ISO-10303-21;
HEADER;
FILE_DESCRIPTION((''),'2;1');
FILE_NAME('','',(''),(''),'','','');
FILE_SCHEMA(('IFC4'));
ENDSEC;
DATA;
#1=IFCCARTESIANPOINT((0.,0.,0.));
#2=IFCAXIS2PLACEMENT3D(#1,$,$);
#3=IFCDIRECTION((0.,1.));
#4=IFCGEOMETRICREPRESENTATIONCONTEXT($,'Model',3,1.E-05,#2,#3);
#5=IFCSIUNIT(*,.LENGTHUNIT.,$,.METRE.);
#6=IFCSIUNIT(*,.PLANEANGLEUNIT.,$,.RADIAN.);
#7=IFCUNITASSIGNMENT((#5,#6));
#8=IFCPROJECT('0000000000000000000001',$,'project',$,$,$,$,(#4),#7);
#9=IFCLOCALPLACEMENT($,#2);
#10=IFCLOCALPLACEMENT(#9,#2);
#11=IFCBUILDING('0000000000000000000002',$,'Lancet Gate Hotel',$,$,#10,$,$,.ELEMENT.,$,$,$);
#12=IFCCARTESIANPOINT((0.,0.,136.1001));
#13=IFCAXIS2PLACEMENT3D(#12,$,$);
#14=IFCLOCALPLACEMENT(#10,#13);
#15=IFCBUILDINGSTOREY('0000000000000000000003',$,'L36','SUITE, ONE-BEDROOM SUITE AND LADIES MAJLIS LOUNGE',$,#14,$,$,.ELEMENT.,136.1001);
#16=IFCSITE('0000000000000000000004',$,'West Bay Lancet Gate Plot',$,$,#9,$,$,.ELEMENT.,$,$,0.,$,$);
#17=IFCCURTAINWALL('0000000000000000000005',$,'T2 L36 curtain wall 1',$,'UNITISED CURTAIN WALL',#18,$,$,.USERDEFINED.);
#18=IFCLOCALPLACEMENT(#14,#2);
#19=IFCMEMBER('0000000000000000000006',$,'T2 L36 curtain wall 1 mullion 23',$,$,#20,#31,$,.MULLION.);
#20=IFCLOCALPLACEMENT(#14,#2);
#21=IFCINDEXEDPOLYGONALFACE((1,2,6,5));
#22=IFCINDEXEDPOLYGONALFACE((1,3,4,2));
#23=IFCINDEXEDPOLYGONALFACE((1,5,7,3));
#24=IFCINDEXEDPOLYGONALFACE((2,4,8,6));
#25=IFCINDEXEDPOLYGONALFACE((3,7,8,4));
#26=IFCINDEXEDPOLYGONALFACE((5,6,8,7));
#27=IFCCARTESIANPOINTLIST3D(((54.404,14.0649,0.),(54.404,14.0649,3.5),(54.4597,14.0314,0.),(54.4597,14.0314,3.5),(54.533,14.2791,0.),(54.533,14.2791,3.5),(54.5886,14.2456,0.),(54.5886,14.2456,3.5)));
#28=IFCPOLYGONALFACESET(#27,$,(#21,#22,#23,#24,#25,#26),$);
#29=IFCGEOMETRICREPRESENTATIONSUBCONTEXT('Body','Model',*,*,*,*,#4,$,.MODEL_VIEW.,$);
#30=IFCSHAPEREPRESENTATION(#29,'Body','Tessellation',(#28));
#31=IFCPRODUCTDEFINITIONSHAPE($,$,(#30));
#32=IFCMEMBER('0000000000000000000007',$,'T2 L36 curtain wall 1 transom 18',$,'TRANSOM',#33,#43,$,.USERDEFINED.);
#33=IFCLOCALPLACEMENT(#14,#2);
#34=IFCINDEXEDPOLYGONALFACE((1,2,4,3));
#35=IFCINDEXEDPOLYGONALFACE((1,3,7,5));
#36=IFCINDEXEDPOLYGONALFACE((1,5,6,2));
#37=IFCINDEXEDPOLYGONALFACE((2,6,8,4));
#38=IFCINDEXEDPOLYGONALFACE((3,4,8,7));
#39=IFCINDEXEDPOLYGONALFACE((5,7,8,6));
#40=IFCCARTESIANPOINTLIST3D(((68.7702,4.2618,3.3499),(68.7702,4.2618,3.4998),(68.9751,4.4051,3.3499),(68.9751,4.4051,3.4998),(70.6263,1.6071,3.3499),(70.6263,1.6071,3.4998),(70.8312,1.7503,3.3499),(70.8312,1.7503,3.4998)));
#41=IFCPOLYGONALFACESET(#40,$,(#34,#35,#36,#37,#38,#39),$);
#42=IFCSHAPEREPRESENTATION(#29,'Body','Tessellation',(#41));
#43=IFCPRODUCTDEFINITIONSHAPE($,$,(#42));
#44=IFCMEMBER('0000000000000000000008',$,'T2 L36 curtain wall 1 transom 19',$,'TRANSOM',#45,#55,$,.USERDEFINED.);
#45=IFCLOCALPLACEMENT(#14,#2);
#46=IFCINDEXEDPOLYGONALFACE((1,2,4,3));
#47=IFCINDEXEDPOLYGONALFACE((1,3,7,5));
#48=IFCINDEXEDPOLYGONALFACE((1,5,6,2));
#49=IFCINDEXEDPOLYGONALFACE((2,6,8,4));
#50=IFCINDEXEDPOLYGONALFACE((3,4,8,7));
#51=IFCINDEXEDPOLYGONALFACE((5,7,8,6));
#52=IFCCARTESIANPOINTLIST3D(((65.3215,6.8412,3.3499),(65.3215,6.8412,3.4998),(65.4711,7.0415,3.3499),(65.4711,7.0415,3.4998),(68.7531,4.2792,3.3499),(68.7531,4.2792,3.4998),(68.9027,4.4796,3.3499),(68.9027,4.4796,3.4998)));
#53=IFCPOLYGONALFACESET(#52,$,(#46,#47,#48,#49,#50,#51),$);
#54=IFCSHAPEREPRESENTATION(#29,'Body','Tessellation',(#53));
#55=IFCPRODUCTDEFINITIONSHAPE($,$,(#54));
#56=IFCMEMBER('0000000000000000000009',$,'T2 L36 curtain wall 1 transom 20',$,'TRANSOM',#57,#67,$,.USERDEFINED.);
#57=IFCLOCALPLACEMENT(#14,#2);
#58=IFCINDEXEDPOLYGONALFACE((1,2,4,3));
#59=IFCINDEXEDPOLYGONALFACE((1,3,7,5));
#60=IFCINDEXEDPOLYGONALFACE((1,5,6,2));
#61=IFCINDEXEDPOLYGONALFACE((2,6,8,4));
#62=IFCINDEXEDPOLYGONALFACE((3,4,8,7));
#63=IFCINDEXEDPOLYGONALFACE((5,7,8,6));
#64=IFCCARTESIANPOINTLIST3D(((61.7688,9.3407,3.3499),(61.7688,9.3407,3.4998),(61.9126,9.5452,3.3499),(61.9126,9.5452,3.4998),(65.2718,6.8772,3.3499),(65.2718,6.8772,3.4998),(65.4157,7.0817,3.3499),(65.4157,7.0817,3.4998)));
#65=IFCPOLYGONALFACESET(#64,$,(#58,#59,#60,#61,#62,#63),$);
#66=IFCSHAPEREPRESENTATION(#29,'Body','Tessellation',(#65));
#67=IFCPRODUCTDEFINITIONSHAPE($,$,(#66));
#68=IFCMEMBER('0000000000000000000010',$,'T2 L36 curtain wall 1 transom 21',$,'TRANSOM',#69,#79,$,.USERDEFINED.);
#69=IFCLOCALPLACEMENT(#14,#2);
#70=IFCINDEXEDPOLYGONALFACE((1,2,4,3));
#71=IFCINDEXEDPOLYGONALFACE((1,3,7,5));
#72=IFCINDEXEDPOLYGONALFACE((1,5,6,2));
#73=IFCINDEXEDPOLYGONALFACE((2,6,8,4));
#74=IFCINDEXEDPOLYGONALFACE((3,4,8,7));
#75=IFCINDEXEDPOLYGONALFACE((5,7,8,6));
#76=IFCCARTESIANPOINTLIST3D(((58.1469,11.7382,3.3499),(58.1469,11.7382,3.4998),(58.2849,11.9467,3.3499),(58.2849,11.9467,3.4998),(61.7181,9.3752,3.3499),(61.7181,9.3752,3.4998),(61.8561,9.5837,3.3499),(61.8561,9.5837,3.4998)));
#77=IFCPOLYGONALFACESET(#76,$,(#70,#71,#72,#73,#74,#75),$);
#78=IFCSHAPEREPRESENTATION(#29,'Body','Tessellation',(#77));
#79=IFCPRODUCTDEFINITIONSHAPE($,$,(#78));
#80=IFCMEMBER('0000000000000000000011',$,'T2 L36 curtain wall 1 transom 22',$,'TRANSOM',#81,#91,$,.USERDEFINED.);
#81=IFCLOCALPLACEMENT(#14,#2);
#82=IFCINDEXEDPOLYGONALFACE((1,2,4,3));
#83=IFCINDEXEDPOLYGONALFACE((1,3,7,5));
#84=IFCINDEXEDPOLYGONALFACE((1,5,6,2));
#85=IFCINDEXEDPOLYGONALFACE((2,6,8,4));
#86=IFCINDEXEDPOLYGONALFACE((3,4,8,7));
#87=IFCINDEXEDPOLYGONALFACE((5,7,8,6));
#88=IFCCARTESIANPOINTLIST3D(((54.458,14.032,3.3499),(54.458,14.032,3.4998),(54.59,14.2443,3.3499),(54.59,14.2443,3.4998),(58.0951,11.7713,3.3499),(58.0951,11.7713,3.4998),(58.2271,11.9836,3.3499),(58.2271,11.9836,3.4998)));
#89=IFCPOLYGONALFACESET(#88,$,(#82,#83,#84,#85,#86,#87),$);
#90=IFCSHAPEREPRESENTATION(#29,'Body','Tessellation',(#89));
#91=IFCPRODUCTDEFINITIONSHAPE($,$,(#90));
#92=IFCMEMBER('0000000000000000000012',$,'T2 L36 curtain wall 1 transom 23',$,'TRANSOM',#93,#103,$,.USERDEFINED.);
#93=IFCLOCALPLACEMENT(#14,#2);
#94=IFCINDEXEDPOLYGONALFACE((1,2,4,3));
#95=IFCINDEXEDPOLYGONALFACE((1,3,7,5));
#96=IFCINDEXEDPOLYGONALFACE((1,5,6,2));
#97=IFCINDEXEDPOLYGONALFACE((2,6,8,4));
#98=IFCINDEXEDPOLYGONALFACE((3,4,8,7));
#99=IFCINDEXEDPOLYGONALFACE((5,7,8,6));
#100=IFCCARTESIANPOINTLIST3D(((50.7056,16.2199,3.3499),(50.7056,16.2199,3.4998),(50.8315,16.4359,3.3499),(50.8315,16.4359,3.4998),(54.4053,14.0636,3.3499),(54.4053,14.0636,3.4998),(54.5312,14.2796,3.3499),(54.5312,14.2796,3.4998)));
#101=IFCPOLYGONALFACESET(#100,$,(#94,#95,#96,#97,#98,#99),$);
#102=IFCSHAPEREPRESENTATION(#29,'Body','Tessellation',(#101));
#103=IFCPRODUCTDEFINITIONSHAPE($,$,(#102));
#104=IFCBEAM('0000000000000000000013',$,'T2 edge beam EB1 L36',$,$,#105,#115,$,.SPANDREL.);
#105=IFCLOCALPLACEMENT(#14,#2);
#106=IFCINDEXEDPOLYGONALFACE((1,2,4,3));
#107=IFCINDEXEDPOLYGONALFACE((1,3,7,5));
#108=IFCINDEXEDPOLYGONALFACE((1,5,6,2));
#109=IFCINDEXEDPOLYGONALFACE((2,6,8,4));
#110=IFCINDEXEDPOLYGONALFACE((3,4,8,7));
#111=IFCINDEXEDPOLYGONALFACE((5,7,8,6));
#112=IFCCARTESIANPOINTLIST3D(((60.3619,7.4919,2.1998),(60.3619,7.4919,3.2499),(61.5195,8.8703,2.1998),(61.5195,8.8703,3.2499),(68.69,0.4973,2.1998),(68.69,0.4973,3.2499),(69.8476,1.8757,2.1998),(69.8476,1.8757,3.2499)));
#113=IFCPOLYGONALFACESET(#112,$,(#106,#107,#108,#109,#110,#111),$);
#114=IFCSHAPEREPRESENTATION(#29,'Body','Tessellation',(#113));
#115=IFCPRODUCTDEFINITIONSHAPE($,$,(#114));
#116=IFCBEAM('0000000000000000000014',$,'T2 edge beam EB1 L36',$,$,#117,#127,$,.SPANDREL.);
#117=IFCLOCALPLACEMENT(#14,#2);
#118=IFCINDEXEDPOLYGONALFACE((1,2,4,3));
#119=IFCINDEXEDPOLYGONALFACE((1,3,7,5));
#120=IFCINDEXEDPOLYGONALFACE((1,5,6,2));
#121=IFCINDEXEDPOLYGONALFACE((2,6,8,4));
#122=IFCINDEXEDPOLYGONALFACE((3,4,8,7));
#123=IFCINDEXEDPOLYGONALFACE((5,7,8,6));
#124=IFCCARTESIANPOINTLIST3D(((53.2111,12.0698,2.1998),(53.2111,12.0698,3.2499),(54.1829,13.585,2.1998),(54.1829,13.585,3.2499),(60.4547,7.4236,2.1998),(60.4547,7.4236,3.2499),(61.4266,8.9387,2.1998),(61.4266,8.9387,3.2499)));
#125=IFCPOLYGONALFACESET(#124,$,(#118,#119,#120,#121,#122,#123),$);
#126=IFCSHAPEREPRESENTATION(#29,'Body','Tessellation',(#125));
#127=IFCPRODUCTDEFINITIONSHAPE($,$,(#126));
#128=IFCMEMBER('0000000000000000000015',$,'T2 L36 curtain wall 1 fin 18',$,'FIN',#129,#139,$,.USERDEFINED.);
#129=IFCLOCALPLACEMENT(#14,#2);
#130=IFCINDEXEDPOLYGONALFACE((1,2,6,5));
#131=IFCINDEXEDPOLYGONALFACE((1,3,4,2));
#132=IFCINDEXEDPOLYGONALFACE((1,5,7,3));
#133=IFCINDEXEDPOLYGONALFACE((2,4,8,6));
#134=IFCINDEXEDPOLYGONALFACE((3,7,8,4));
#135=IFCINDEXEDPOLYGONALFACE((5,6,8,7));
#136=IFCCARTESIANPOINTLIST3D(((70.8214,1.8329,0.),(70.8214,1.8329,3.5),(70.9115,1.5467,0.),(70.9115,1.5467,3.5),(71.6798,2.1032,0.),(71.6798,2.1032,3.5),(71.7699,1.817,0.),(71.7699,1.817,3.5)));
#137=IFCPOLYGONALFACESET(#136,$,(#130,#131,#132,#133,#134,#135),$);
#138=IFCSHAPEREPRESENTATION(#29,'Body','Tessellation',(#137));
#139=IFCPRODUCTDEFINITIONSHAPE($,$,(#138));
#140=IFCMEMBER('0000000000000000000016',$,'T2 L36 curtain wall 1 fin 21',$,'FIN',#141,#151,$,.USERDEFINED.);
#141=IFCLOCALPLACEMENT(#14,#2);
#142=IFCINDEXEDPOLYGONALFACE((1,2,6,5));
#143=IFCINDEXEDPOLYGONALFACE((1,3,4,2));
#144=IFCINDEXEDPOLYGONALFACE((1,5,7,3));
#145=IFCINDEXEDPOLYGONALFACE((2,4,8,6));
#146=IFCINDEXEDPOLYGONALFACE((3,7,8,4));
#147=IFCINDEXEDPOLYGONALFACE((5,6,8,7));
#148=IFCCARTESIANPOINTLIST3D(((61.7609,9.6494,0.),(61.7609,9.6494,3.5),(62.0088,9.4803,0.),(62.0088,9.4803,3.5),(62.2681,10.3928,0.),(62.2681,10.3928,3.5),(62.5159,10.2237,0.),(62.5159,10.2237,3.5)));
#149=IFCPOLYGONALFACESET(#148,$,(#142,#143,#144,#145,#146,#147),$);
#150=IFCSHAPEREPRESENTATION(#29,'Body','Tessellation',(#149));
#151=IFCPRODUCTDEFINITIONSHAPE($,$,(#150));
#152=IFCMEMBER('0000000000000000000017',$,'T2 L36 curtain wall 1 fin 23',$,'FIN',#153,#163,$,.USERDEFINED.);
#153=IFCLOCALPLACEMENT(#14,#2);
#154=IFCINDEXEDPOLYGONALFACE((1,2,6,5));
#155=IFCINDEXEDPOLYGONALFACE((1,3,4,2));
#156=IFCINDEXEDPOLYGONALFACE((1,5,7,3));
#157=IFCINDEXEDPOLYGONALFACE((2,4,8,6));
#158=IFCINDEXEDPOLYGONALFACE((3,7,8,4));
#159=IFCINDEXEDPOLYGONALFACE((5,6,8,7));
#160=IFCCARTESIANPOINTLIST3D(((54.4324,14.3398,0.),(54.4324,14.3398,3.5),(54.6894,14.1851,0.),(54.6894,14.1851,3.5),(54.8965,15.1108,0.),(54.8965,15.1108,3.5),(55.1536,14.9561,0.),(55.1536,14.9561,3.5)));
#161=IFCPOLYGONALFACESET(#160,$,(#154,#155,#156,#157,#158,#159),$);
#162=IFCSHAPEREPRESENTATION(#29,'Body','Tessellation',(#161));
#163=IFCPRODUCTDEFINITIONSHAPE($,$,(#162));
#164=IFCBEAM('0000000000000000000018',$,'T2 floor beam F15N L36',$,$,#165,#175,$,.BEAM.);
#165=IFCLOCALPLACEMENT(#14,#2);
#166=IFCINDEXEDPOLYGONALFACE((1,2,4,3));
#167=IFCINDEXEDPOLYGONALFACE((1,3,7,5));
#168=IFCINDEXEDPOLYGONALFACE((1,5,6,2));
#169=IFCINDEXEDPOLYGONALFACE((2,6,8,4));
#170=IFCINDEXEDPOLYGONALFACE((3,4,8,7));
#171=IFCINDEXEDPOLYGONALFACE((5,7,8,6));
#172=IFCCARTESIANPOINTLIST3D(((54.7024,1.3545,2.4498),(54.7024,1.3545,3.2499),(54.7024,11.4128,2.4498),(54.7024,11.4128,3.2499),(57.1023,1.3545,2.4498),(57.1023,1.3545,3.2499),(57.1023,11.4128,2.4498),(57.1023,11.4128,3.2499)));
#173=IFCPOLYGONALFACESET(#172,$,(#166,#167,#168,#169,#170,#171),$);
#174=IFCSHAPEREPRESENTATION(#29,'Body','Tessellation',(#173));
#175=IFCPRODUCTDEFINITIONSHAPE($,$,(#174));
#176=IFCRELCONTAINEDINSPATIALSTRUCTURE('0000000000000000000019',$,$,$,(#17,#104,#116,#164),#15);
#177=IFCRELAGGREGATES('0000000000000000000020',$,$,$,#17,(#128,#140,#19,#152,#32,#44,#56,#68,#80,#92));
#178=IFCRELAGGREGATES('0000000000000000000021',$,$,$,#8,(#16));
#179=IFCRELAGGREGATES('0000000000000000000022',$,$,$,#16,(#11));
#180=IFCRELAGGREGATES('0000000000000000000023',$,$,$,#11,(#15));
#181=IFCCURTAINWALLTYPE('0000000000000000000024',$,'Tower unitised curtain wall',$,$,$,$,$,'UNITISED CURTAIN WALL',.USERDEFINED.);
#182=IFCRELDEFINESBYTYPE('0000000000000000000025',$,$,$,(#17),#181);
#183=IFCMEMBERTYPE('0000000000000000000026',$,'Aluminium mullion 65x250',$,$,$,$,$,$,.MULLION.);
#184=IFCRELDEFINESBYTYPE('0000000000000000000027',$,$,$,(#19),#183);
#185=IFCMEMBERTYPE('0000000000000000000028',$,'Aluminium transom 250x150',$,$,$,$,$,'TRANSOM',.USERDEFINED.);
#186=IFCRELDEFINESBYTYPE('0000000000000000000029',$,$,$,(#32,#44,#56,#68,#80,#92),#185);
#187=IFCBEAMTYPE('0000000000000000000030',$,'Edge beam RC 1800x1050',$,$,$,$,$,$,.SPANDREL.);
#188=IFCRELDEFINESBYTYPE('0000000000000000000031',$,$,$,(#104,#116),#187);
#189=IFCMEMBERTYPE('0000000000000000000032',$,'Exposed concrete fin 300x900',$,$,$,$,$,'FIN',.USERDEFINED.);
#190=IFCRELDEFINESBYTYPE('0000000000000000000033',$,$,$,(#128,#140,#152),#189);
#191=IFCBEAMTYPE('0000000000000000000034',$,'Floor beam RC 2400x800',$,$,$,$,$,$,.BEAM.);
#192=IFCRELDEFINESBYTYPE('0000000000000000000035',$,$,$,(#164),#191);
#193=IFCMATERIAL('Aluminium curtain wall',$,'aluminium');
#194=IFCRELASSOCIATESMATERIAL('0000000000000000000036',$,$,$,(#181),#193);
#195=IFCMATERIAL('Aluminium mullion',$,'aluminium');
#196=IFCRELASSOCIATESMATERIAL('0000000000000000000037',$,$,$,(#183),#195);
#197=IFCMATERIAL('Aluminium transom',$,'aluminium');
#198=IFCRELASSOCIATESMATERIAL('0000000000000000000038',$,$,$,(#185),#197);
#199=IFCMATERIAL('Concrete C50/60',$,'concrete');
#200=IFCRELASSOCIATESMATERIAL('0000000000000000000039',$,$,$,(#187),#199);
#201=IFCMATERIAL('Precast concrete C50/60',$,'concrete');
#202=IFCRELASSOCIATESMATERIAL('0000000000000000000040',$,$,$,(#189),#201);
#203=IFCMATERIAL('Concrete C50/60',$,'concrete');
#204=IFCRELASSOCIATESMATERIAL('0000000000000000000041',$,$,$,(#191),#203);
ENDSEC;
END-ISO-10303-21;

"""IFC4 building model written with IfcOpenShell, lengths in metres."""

from ifc_helpers import new_model, si_unit, direction, frame, origin, origin_2d, place, context, subcontext, project, spatial, rectangle, extrude, material, material_profile, profile_set, type_object, element, aggregate, save


model = new_model("IFC4")

# Units and contexts
model_context = context("Model", 3, precision=1e-05, world=origin(), true_north=direction((0.0, 1.0)))
body_context = subcontext(model_context, "Body", "Model", "MODEL_VIEW")
ifc_project = project(units=[si_unit("LENGTHUNIT", "METRE"), si_unit("PLANEANGLEUNIT", "RADIAN")], contexts=[model_context])

# Site, building, storey
site_placement = place(None, origin())
site = spatial("IfcSite", under=ifc_project, at=site_placement, Name="West Bay Lancet Gate Plot", CompositionType="ELEMENT", RefElevation=0.0)
building_placement = place(site_placement, origin())
building = spatial("IfcBuilding", under=site, at=building_placement, Name="Lancet Gate Hotel", CompositionType="ELEMENT")
storey_placement = place(building_placement, frame((0.0, 0.0, 136.1001)))
storey = spatial("IfcBuildingStorey", under=building, at=storey_placement, Name="L36", Description="SUITE, ONE-BEDROOM SUITE AND LADIES MAJLIS LOUNGE", CompositionType="ELEMENT", Elevation=136.1001)

# Curtain wall, members
ifc_material_1 = material(Name="Aluminium curtain wall", Category="aluminium")
curtain_wall_type = type_object("IfcCurtainWallType", Name="Tower unitised curtain wall", ElementType="UNITISED CURTAIN WALL", PredefinedType="USERDEFINED", material=ifc_material_1)
curtain_wall_placement = place(storey_placement, origin())
curtain_wall = element("IfcCurtainWall", 1, at=curtain_wall_placement, inside=storey, type_object=curtain_wall_type, Name="T2 L36 curtain wall 1", ObjectType="UNITISED CURTAIN WALL", PredefinedType="USERDEFINED")
ifc_material_2 = material(Name="Aluminium mullion", Category="aluminium")
ifc_material_profile_1 = material_profile(ifc_material_2, rectangle(XDim=0.0649, YDim=0.25, at=origin_2d()), Name="MULLION 65x250")
ifc_profile_set_1 = profile_set([ifc_material_profile_1], Name="Aluminium mullion")
member_type_1 = type_object("IfcMemberType", Name="Aluminium mullion 65x250", PredefinedType="MULLION", material=ifc_profile_set_1)
member_1_placement = place(storey_placement, frame((54.4963, 14.1553, 0.0), z_axis=(0.0, 0.0, 1.0), x_axis=(-0.856728, 0.515768, 0.0)))
member_1 = element("IfcMember", 2, at=member_1_placement, type_object=member_type_1, Name="T2 L36 curtain wall 1 mullion 23", PredefinedType="MULLION", context=body_context, shape_type="SweptSolid", body=[
    extrude(rectangle(XDim=0.0649, YDim=0.25, at=origin_2d()), origin(), (0.0, 0.0, 1.0), 3.5),
])
ifc_material_3 = material(Name="Aluminium transom", Category="aluminium")
ifc_material_profile_2 = material_profile(ifc_material_3, rectangle(XDim=0.25, YDim=0.1499, at=origin_2d()), Name="TRANSOM 250x150")
ifc_profile_set_2 = profile_set([ifc_material_profile_2], Name="Aluminium transom")
member_type_2 = type_object("IfcMemberType", Name="Aluminium transom 250x150", ElementType="TRANSOM", PredefinedType="USERDEFINED", material=ifc_profile_set_2)
member_2_placement = place(storey_placement, frame((70.7288, 1.6787, 3.4248), z_axis=(-0.573017, 0.819543, 0.0), x_axis=(-0.819543, -0.573017, 0.0)))
member_2 = element("IfcMember", 3, at=member_2_placement, type_object=member_type_2, Name="T2 L36 curtain wall 1 transom 18", ObjectType="TRANSOM", PredefinedType="USERDEFINED", context=body_context, shape_type="SweptSolid", body=[
    extrude(rectangle(XDim=0.25, YDim=0.1499, at=origin_2d()), origin(), (0.0, 0.0, 1.0), 3.2393),
])
member_3_placement = place(storey_placement, frame((68.8279, 4.3794, 3.4248), z_axis=(-0.801312, 0.598247, 0.0), x_axis=(-0.598247, -0.801312, 0.0)))
member_3 = element("IfcMember", 4, at=member_3_placement, type_object=member_type_2, Name="T2 L36 curtain wall 1 transom 19", ObjectType="TRANSOM", PredefinedType="USERDEFINED", context=body_context, shape_type="SweptSolid", body=[
    extrude(rectangle(XDim=0.25, YDim=0.1499, at=origin_2d()), origin(), (0.0, 0.0, 1.0), 4.2825),
])
member_4_placement = place(storey_placement, frame((65.3438, 6.9795, 3.4248), z_axis=(-0.817987, 0.575236, 0.0), x_axis=(-0.575236, -0.817987, 0.0)))
member_4 = element("IfcMember", 5, at=member_4_placement, type_object=member_type_2, Name="T2 L36 curtain wall 1 transom 20", ObjectType="TRANSOM", PredefinedType="USERDEFINED", context=body_context, shape_type="SweptSolid", body=[
    extrude(rectangle(XDim=0.25, YDim=0.1499, at=origin_2d()), origin(), (0.0, 0.0, 1.0), 4.2825),
])
member_5_placement = place(storey_placement, frame((61.7871, 9.4795, 3.4248), z_axis=(-0.833966, 0.551816, 0.0), x_axis=(-0.551816, -0.833966, 0.0)))
member_5 = element("IfcMember", 6, at=member_5_placement, type_object=member_type_2, Name="T2 L36 curtain wall 1 transom 21", ObjectType="TRANSOM", PredefinedType="USERDEFINED", context=body_context, shape_type="SweptSolid", body=[
    extrude(rectangle(XDim=0.25, YDim=0.1499, at=origin_2d()), origin(), (0.0, 0.0, 1.0), 4.2822),
])
member_6_placement = place(storey_placement, frame((58.1611, 11.8774, 3.4248), z_axis=(-0.849309, 0.527896, 0.0), x_axis=(-0.527896, -0.849309, 0.0)))
member_6 = element("IfcMember", 7, at=member_6_placement, type_object=member_type_2, Name="T2 L36 curtain wall 1 transom 22", ObjectType="TRANSOM", PredefinedType="USERDEFINED", context=body_context, shape_type="SweptSolid", body=[
    extrude(rectangle(XDim=0.25, YDim=0.1499, at=origin_2d()), origin(), (0.0, 0.0, 1.0), 4.2825),
])
member_7_placement = place(storey_placement, frame((54.4683, 14.1716, 3.4248), z_axis=(-0.863973, 0.503538, 0.0), x_axis=(-0.503538, -0.863973, 0.0)))
member_7 = element("IfcMember", 8, at=member_7_placement, type_object=member_type_2, Name="T2 L36 curtain wall 1 transom 23", ObjectType="TRANSOM", PredefinedType="USERDEFINED", context=body_context, shape_type="SweptSolid", body=[
    extrude(rectangle(XDim=0.25, YDim=0.1499, at=origin_2d()), origin(), (0.0, 0.0, 1.0), 4.2822),
])

# Beams
ifc_material_4 = material(Name="Concrete C50/60", Category="concrete")
ifc_material_profile_3 = material_profile(ifc_material_4, rectangle(XDim=1.8, YDim=1.05, at=origin_2d()), Name="RC 1800x1050")
ifc_profile_set_3 = profile_set([ifc_material_profile_3], Name="Concrete C50/60")
beam_type_1 = type_object("IfcBeamType", Name="Edge beam RC 1800x1050", PredefinedType="SPANDREL", material=ifc_profile_set_3)
beam_1_placement = place(storey_placement, frame((69.2688, 1.1865, 2.7249), z_axis=(-0.76575, 0.643138, 0.0), x_axis=(-0.643138, -0.76575, 0.0)))
element("IfcBeam", 9, at=beam_1_placement, inside=storey, type_object=beam_type_1, Name="T2 edge beam EB1 L36", PredefinedType="SPANDREL", context=body_context, shape_type="SweptSolid", body=[
    extrude(rectangle(XDim=1.8, YDim=1.05, at=origin_2d()), origin(), (0.0, 0.0, 1.0), 10.8757),
])
beam_2_placement = place(storey_placement, frame((60.9407, 8.1812, 2.7249), z_axis=(-0.841727, 0.539903, 0.0), x_axis=(-0.539903, -0.841727, 0.0)))
element("IfcBeam", 10, at=beam_2_placement, inside=storey, type_object=beam_type_1, Name="T2 edge beam EB1 L36", PredefinedType="SPANDREL", context=body_context, shape_type="SweptSolid", body=[
    extrude(rectangle(XDim=1.8, YDim=1.05, at=origin_2d()), origin(), (0.0, 0.0, 1.0), 8.6057),
])

# Members
ifc_material_5 = material(Name="Precast concrete C50/60", Category="concrete")
ifc_material_profile_4 = material_profile(ifc_material_5, rectangle(XDim=0.3, YDim=0.8999, at=origin_2d()), Name="FIN 300x900")
ifc_profile_set_4 = profile_set([ifc_material_profile_4], Name="Precast concrete C50/60")
member_type_3 = type_object("IfcMemberType", Name="Exposed concrete fin 300x900", ElementType="FIN", PredefinedType="USERDEFINED", material=ifc_profile_set_4)
member_8_placement = place(storey_placement, frame((71.2957, 1.825, 0.0), z_axis=(0.0, 0.0, 1.0), x_axis=(-0.300385, 0.953818, 0.0)))
member_8 = element("IfcMember", 11, at=member_8_placement, type_object=member_type_3, Name="T2 L36 curtain wall 1 fin 18", ObjectType="FIN", PredefinedType="USERDEFINED", context=body_context, shape_type="SweptSolid", body=[
    extrude(rectangle(XDim=0.3, YDim=0.8999, at=origin_2d()), origin(), (0.0, 0.0, 1.0), 3.5),
])
member_9_placement = place(storey_placement, frame((62.1384, 9.9365, 0.0), z_axis=(0.0, 0.0, 1.0), x_axis=(-0.826066, 0.563574, 0.0)))
member_9 = element("IfcMember", 12, at=member_9_placement, type_object=member_type_3, Name="T2 L36 curtain wall 1 fin 21", ObjectType="FIN", PredefinedType="USERDEFINED", context=body_context, shape_type="SweptSolid", body=[
    extrude(rectangle(XDim=0.3, YDim=0.8999, at=origin_2d()), origin(), (0.0, 0.0, 1.0), 3.5),
])
member_10_placement = place(storey_placement, frame((54.793, 14.6479, 0.0), z_axis=(0.0, 0.0, 1.0), x_axis=(-0.856728, 0.515768, 0.0)))
member_10 = element("IfcMember", 13, at=member_10_placement, type_object=member_type_3, Name="T2 L36 curtain wall 1 fin 23", ObjectType="FIN", PredefinedType="USERDEFINED", context=body_context, shape_type="SweptSolid", body=[
    extrude(rectangle(XDim=0.3, YDim=0.8999, at=origin_2d()), origin(), (0.0, 0.0, 1.0), 3.5),
])

# Beam
ifc_material_6 = material(Name="Concrete C50/60", Category="concrete")
ifc_material_profile_5 = material_profile(ifc_material_6, rectangle(XDim=2.3999, YDim=0.8, at=origin_2d()), Name="RC 2400x800")
ifc_profile_set_5 = profile_set([ifc_material_profile_5], Name="Concrete C50/60")
beam_type_2 = type_object("IfcBeamType", Name="Floor beam RC 2400x800", PredefinedType="BEAM", material=ifc_profile_set_5)
beam_3_placement = place(storey_placement, frame((55.9023, 1.3545, 2.8499), z_axis=(0.0, 1.0, 0.0), x_axis=(-1.0, 0.0, 0.0)))
element("IfcBeam", 14, at=beam_3_placement, inside=storey, type_object=beam_type_2, Name="T2 floor beam F15N L36", PredefinedType="BEAM", context=body_context, shape_type="SweptSolid", body=[
    extrude(rectangle(XDim=2.3999, YDim=0.8, at=origin_2d()), origin(), (0.0, 0.0, 1.0), 10.0583),
])

aggregate(curtain_wall, [member_8, member_9, member_1, member_10, member_2, member_3, member_4, member_5, member_6, member_7])

save(model, "model.ifc")
